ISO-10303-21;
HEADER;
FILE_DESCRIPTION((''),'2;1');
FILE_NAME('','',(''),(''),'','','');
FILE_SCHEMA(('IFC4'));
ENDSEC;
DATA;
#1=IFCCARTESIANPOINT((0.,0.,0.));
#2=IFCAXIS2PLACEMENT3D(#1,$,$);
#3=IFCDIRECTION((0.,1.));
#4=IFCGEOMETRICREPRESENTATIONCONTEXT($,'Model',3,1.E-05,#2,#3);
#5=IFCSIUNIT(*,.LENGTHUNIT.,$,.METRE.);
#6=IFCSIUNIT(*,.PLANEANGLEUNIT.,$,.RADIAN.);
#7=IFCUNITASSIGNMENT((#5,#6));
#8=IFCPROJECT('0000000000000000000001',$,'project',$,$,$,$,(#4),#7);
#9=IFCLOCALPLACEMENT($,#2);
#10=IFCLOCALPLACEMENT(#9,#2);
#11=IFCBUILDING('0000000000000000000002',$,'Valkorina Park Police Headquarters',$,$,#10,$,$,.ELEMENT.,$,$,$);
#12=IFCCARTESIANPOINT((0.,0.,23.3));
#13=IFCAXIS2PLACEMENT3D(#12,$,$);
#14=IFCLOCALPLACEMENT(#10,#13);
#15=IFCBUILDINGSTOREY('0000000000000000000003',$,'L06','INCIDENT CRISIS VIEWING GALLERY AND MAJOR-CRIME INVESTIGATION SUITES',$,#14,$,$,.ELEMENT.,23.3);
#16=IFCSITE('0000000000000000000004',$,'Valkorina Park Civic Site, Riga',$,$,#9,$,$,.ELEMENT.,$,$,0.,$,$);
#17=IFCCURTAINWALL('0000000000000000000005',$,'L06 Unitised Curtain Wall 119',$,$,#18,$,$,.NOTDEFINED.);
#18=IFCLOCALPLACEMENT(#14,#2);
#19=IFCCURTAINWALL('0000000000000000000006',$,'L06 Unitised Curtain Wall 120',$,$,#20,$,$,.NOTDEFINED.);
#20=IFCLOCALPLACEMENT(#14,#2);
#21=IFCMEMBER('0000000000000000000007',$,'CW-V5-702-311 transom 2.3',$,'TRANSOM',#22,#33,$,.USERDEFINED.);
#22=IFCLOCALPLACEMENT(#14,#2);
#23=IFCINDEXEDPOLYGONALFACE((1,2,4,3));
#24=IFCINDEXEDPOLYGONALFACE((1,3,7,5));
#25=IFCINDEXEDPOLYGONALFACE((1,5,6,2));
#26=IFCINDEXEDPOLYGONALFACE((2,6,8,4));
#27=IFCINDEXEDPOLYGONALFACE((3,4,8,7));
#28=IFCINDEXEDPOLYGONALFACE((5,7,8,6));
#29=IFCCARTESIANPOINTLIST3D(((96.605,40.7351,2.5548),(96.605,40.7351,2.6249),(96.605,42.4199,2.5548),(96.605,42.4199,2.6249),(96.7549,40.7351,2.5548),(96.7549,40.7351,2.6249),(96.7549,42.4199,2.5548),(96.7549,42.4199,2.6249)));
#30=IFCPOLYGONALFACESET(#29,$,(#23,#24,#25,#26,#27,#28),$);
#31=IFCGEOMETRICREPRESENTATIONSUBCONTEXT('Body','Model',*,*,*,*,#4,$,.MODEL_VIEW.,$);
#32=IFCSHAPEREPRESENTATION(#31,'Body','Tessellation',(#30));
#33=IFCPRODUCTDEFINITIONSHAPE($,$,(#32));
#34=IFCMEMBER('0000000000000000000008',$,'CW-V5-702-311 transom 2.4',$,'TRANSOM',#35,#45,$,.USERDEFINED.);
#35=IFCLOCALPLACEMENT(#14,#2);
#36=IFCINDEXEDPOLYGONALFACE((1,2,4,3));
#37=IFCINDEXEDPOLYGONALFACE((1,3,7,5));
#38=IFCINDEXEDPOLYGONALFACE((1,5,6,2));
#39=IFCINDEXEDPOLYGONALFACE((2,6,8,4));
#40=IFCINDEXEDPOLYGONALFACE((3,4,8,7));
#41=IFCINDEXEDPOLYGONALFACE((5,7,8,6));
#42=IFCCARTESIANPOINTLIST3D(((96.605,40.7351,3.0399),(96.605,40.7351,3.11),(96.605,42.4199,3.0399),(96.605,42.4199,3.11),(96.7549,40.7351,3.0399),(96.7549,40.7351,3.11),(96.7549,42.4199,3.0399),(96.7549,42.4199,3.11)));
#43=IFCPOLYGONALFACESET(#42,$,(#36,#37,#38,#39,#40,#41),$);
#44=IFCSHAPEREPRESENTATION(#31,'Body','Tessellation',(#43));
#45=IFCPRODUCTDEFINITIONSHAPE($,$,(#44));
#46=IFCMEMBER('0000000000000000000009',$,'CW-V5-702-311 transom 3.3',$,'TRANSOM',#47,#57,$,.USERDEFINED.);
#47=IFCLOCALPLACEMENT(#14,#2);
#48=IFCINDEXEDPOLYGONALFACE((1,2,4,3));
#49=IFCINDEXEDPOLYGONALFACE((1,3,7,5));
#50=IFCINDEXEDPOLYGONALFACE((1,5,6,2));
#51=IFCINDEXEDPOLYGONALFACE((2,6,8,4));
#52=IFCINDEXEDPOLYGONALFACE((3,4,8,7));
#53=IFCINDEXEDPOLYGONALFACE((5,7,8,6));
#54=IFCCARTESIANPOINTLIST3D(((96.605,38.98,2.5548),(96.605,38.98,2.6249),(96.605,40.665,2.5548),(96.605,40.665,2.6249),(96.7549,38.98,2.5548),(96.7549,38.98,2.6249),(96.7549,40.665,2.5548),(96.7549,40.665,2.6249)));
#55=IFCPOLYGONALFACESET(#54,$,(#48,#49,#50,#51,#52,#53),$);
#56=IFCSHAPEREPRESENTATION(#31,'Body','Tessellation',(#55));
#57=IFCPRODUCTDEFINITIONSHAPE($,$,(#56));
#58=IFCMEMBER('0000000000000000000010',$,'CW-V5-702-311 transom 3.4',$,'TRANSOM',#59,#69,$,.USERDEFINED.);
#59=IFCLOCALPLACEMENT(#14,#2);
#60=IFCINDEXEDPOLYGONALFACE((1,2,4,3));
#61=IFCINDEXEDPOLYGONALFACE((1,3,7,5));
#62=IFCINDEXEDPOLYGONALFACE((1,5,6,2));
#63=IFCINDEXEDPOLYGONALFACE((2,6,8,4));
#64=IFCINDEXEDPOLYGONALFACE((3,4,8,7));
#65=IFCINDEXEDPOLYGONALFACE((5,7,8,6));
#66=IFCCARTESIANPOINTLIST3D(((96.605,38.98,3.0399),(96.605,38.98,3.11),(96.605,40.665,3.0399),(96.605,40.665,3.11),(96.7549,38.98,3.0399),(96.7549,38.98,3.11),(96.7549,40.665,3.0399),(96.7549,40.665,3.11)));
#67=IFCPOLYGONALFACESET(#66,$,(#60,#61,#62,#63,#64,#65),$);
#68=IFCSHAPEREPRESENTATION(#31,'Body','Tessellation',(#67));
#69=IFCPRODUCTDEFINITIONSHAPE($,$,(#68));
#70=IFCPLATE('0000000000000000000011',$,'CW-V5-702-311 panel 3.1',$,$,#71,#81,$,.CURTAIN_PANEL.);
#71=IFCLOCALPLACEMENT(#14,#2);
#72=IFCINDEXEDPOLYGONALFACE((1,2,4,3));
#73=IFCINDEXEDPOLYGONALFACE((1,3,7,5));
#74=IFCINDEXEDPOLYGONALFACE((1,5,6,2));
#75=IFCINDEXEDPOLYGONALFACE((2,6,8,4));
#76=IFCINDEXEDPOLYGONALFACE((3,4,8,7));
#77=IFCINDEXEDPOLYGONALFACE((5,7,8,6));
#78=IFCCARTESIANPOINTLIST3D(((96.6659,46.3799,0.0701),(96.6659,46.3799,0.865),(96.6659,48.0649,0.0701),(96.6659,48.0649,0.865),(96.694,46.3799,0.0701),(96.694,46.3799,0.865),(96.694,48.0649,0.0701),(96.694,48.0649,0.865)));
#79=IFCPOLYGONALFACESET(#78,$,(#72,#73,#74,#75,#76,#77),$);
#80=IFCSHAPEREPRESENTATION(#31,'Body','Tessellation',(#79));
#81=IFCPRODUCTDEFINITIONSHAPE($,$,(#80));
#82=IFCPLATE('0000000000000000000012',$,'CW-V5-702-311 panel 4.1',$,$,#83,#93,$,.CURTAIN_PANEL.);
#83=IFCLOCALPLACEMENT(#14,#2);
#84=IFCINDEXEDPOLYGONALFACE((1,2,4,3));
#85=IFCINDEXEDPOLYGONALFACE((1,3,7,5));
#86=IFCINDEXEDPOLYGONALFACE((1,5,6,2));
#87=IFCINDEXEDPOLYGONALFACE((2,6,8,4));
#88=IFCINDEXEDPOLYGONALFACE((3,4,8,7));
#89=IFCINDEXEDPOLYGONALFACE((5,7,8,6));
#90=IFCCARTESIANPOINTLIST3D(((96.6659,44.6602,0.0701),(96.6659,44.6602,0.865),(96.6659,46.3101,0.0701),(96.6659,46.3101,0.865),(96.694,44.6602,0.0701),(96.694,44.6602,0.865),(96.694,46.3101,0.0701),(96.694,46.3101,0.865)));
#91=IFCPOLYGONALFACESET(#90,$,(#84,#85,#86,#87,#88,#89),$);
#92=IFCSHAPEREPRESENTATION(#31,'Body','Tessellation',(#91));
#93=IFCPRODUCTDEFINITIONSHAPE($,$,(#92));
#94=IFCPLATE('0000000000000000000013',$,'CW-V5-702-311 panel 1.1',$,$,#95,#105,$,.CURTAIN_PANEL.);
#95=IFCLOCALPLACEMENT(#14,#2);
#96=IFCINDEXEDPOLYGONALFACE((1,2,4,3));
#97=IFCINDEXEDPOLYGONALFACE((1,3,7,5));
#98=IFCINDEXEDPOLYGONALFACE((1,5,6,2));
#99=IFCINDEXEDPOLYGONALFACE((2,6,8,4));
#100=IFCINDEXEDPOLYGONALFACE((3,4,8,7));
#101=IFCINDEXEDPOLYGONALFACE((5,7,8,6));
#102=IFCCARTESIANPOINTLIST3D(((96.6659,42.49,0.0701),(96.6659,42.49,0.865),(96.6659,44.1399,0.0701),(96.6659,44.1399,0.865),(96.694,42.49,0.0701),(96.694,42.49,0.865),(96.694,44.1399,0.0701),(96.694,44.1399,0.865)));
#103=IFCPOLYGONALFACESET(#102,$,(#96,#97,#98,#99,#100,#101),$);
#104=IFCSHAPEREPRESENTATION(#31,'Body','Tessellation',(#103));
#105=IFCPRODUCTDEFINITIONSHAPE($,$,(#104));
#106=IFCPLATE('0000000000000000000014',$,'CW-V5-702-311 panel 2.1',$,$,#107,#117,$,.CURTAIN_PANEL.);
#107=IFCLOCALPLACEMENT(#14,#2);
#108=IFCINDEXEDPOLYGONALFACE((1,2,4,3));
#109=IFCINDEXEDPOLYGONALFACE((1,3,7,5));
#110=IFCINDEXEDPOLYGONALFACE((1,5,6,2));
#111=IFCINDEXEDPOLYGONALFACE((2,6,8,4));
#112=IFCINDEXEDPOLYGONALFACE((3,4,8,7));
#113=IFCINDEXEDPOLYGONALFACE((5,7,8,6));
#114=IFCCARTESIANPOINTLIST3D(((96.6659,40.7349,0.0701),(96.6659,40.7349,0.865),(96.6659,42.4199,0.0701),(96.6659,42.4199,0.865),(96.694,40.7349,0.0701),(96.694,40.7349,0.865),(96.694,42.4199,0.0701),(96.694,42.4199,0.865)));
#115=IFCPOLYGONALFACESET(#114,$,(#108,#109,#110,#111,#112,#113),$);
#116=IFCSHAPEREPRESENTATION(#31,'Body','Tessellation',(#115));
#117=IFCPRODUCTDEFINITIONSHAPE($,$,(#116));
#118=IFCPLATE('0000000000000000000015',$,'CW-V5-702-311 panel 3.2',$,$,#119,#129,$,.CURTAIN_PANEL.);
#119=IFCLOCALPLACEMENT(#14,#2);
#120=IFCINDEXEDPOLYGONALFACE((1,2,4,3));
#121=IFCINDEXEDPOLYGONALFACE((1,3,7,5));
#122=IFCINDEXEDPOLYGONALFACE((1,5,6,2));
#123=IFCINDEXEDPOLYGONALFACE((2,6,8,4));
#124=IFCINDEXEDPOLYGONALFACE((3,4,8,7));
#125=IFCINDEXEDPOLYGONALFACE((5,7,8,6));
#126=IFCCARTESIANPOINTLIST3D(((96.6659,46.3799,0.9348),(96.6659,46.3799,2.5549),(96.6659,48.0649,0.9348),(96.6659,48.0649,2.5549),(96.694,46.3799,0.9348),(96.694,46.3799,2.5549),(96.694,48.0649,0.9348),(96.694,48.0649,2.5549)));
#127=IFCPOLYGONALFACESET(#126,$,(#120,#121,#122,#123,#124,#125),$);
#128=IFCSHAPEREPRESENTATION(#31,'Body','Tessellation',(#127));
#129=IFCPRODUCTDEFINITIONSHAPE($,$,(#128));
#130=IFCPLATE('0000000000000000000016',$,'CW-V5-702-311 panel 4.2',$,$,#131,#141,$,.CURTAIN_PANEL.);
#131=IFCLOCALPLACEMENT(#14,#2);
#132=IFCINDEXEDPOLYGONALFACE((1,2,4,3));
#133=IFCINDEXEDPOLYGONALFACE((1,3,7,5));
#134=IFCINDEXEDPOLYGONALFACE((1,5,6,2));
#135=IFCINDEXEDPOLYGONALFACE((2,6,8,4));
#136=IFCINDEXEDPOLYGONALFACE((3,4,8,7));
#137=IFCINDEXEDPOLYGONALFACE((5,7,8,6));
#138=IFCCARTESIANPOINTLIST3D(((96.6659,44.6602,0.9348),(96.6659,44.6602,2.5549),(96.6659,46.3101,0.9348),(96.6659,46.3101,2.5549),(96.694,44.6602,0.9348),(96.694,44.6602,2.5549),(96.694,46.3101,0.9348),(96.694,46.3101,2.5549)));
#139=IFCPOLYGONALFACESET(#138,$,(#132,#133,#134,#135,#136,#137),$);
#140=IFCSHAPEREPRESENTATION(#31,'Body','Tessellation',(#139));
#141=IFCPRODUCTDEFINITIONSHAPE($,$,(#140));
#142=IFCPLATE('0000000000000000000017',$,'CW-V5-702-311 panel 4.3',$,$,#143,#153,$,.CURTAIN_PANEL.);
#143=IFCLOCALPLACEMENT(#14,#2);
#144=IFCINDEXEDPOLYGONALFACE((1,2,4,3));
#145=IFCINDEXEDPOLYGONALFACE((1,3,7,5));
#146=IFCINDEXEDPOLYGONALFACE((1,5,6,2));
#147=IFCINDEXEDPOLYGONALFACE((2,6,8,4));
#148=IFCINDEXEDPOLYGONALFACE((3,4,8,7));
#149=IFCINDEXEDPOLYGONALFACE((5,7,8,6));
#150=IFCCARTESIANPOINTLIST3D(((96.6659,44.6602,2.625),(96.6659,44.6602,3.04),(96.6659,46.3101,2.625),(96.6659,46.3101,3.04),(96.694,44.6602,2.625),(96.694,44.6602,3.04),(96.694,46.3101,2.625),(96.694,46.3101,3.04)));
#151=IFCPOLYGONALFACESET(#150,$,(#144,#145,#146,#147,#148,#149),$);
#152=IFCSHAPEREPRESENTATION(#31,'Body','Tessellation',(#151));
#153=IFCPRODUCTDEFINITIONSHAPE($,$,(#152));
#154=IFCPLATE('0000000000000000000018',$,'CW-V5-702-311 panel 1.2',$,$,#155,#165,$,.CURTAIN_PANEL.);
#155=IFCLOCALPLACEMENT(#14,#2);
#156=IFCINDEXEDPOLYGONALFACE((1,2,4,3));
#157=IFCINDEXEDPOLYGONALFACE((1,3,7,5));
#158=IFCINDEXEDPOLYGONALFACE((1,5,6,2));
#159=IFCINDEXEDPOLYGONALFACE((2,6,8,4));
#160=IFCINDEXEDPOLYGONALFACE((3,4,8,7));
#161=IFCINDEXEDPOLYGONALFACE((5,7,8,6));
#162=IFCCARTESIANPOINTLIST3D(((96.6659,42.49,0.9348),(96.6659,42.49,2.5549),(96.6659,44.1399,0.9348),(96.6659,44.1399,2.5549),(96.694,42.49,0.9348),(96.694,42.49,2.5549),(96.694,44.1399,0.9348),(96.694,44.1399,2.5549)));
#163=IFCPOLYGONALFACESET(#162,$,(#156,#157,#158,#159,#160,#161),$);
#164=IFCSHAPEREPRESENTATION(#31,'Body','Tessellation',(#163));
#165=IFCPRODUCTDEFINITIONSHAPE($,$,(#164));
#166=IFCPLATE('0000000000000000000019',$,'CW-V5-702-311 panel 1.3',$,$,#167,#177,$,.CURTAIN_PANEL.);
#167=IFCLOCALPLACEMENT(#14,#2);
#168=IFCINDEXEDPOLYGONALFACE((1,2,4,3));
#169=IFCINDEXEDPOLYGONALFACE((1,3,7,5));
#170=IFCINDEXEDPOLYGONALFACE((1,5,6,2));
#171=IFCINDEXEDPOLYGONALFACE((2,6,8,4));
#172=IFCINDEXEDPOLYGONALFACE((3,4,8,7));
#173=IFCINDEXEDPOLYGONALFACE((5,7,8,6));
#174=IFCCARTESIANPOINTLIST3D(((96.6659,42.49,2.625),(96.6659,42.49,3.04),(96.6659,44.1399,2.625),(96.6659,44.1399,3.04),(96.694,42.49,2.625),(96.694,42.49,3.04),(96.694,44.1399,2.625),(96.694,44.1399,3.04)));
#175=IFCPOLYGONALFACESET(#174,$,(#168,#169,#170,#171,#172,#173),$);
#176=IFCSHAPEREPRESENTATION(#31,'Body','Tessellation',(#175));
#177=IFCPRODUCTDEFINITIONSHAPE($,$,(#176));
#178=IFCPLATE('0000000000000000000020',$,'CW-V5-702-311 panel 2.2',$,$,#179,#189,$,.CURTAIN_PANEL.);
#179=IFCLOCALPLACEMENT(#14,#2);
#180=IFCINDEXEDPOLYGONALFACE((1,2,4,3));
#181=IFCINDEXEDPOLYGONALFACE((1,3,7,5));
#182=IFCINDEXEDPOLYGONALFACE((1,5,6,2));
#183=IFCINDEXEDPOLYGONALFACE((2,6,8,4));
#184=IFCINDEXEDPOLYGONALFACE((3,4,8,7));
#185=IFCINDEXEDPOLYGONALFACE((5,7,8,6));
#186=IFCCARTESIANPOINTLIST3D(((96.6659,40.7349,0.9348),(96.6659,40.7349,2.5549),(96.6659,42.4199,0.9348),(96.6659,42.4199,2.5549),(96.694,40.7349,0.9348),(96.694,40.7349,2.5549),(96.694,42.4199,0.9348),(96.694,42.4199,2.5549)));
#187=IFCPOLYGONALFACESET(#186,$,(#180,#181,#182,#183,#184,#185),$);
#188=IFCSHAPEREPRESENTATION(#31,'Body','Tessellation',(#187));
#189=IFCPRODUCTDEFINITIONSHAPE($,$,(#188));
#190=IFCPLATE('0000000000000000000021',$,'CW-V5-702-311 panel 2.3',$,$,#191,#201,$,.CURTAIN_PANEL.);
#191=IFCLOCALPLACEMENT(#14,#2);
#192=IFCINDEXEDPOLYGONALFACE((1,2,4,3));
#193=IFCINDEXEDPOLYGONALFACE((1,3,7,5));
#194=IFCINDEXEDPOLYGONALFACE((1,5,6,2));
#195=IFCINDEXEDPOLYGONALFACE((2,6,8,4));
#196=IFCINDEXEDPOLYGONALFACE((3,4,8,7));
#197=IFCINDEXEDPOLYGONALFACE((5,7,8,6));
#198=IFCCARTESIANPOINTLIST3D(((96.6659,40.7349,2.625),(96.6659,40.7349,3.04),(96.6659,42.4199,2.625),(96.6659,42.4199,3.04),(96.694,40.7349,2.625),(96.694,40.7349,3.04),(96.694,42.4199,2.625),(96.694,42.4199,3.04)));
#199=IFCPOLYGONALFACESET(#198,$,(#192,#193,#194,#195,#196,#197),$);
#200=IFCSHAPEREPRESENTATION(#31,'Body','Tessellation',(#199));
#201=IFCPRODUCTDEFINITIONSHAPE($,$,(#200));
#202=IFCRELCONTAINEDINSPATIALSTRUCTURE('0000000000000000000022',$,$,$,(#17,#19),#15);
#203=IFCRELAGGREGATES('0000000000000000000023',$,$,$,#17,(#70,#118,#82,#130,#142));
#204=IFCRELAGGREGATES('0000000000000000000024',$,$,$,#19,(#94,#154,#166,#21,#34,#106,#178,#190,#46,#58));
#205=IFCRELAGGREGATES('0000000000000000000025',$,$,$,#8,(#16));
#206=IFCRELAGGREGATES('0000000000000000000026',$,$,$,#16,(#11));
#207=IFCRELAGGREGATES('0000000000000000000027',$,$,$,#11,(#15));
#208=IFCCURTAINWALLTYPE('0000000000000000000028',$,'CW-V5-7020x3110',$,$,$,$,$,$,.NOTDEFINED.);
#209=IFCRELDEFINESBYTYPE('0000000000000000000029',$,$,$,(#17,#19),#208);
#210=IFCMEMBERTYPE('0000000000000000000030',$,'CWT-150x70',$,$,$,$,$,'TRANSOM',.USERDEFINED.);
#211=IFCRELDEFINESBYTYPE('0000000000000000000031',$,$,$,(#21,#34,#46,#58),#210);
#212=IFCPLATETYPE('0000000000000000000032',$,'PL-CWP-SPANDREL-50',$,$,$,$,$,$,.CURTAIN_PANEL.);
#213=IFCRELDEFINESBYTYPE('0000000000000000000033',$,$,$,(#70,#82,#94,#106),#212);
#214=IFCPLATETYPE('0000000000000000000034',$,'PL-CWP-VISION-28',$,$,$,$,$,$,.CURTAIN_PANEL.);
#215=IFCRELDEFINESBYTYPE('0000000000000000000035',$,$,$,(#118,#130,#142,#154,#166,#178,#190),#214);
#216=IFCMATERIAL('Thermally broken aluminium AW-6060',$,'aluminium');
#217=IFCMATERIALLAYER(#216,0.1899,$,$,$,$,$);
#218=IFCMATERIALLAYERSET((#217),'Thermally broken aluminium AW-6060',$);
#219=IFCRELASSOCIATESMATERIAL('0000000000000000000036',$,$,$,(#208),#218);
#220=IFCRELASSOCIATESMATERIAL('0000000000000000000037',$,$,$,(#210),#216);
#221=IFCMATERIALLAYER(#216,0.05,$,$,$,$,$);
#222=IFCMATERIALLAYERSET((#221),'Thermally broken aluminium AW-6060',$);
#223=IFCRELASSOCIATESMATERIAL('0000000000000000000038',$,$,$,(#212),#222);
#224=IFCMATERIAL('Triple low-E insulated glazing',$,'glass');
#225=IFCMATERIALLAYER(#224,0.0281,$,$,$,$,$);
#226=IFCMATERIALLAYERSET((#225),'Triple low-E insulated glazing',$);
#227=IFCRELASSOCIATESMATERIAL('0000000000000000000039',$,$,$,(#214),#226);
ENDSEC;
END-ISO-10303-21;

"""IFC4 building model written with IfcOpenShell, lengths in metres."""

from ifc_helpers import new_model, si_unit, direction, frame, origin, origin_2d, place, context, subcontext, project, spatial, rectangle, extrude, material, layer, layer_set, material_profile, profile_set, type_object, element, aggregate, save


model = new_model("IFC4")

# Units and contexts
model_context = context("Model", 3, precision=1e-05, world=origin(), true_north=direction((0.0, 1.0)))
body_context = subcontext(model_context, "Body", "Model", "MODEL_VIEW")
ifc_project = project(units=[si_unit("LENGTHUNIT", "METRE"), si_unit("PLANEANGLEUNIT", "RADIAN")], contexts=[model_context])

# Site, building, storey
site_placement = place(None, origin())
site = spatial("IfcSite", under=ifc_project, at=site_placement, Name="Valkorina Park Civic Site, Riga", CompositionType="ELEMENT", RefElevation=0.0)
building_placement = place(site_placement, origin())
building = spatial("IfcBuilding", under=site, at=building_placement, Name="Valkorina Park Police Headquarters", CompositionType="ELEMENT")
storey_placement = place(building_placement, frame((0.0, 0.0, 23.3)))
storey = spatial("IfcBuildingStorey", under=building, at=storey_placement, Name="L06", Description="INCIDENT CRISIS VIEWING GALLERY AND MAJOR-CRIME INVESTIGATION SUITES", CompositionType="ELEMENT", Elevation=23.3)

# Curtain walls
ifc_material_1 = material(Name="Thermally broken aluminium AW-6060", Category="aluminium")
ifc_layer_1 = layer(ifc_material_1, 0.1899)
ifc_layer_set_1 = layer_set([ifc_layer_1], Name="Thermally broken aluminium AW-6060")
curtain_wall_type = type_object("IfcCurtainWallType", Name="CW-V5-7020x3110", PredefinedType="NOTDEFINED", material=ifc_layer_set_1)
curtain_wall_1_placement = place(storey_placement, origin())
curtain_wall_1 = element("IfcCurtainWall", 1, at=curtain_wall_1_placement, inside=storey, type_object=curtain_wall_type, Name="L06 Unitised Curtain Wall 119", PredefinedType="NOTDEFINED")
curtain_wall_2_placement = place(storey_placement, origin())
curtain_wall_2 = element("IfcCurtainWall", 2, at=curtain_wall_2_placement, inside=storey, type_object=curtain_wall_type, Name="L06 Unitised Curtain Wall 120", PredefinedType="NOTDEFINED")

# Members
ifc_material_profile_1 = material_profile(ifc_material_1, rectangle(XDim=0.1499, YDim=0.0701, at=origin_2d()), Name="CWT-02 150x70")
ifc_profile_set_1 = profile_set([ifc_material_profile_1], Name="Thermally broken aluminium AW-6060")
member_type_1 = type_object("IfcMemberType", Name="CWT-150x70", ElementType="TRANSOM", PredefinedType="USERDEFINED", material=ifc_profile_set_1)
member_1_placement = place(storey_placement, frame((96.6799, 42.4199, 2.5898), z_axis=(0.0, -1.0, 0.0), x_axis=(1.0, 0.0, 0.0)))
member_1 = element("IfcMember", 3, at=member_1_placement, type_object=member_type_1, Name="CW-V5-702-311 transom 2.3", ObjectType="TRANSOM", PredefinedType="USERDEFINED", context=body_context, shape_type="SweptSolid", body=[
    extrude(rectangle(XDim=0.1499, YDim=0.0701, at=origin_2d()), origin(), (0.0, 0.0, 1.0), 1.6848),
])
member_2_placement = place(storey_placement, frame((96.6799, 42.4199, 3.075), z_axis=(0.0, -1.0, 0.0), x_axis=(1.0, 0.0, 0.0)))
member_2 = element("IfcMember", 4, at=member_2_placement, type_object=member_type_1, Name="CW-V5-702-311 transom 2.4", ObjectType="TRANSOM", PredefinedType="USERDEFINED", context=body_context, shape_type="SweptSolid", body=[
    extrude(rectangle(XDim=0.1499, YDim=0.0701, at=origin_2d()), origin(), (0.0, 0.0, 1.0), 1.6848),
])
member_3_placement = place(storey_placement, frame((96.6799, 40.665, 2.5898), z_axis=(0.0, -1.0, 0.0), x_axis=(1.0, 0.0, 0.0)))
member_3 = element("IfcMember", 5, at=member_3_placement, type_object=member_type_1, Name="CW-V5-702-311 transom 3.3", ObjectType="TRANSOM", PredefinedType="USERDEFINED", context=body_context, shape_type="SweptSolid", body=[
    extrude(rectangle(XDim=0.1499, YDim=0.0701, at=origin_2d()), origin(), (0.0, 0.0, 1.0), 1.6851),
])
member_4_placement = place(storey_placement, frame((96.6799, 40.665, 3.075), z_axis=(0.0, -1.0, 0.0), x_axis=(1.0, 0.0, 0.0)))
member_4 = element("IfcMember", 6, at=member_4_placement, type_object=member_type_1, Name="CW-V5-702-311 transom 3.4", ObjectType="TRANSOM", PredefinedType="USERDEFINED", context=body_context, shape_type="SweptSolid", body=[
    extrude(rectangle(XDim=0.1499, YDim=0.0701, at=origin_2d()), origin(), (0.0, 0.0, 1.0), 1.6851),
])

# Plates
ifc_layer_2 = layer(ifc_material_1, 0.05)
ifc_layer_set_2 = layer_set([ifc_layer_2], Name="Thermally broken aluminium AW-6060")
plate_type_1 = type_object("IfcPlateType", Name="PL-CWP-SPANDREL-50", PredefinedType="CURTAIN_PANEL", material=ifc_layer_set_2)
plate_1_placement = place(storey_placement, frame((96.6799, 47.2224, 0.0701), z_axis=(0.0, 0.0, 1.0), x_axis=(0.0, -1.0, 0.0)))
plate_1 = element("IfcPlate", 7, at=plate_1_placement, type_object=plate_type_1, Name="CW-V5-702-311 panel 3.1", PredefinedType="CURTAIN_PANEL", context=body_context, shape_type="SweptSolid", body=[
    extrude(rectangle(XDim=1.6851, YDim=0.0281, at=origin_2d()), origin(), (0.0, 0.0, 1.0), 0.7949),
])
plate_2_placement = place(storey_placement, frame((96.6799, 45.4851, 0.0701), z_axis=(0.0, 0.0, 1.0), x_axis=(0.0, -1.0, 0.0)))
plate_2 = element("IfcPlate", 8, at=plate_2_placement, type_object=plate_type_1, Name="CW-V5-702-311 panel 4.1", PredefinedType="CURTAIN_PANEL", context=body_context, shape_type="SweptSolid", body=[
    extrude(rectangle(XDim=1.6499, YDim=0.0281, at=origin_2d()), origin(), (0.0, 0.0, 1.0), 0.7949),
])
plate_3_placement = place(storey_placement, frame((96.6799, 43.3149, 0.0701), z_axis=(0.0, 0.0, 1.0), x_axis=(0.0, -1.0, 0.0)))
plate_3 = element("IfcPlate", 9, at=plate_3_placement, type_object=plate_type_1, Name="CW-V5-702-311 panel 1.1", PredefinedType="CURTAIN_PANEL", context=body_context, shape_type="SweptSolid", body=[
    extrude(rectangle(XDim=1.6499, YDim=0.0281, at=origin_2d()), origin(), (0.0, 0.0, 1.0), 0.7949),
])
plate_4_placement = place(storey_placement, frame((96.6799, 41.5774, 0.0701), z_axis=(0.0, 0.0, 1.0), x_axis=(0.0, -1.0, 0.0)))
plate_4 = element("IfcPlate", 10, at=plate_4_placement, type_object=plate_type_1, Name="CW-V5-702-311 panel 2.1", PredefinedType="CURTAIN_PANEL", context=body_context, shape_type="SweptSolid", body=[
    extrude(rectangle(XDim=1.6851, YDim=0.0281, at=origin_2d()), origin(), (0.0, 0.0, 1.0), 0.7949),
])
ifc_material_2 = material(Name="Triple low-E insulated glazing", Category="glass")
ifc_layer_3 = layer(ifc_material_2, 0.0281)
ifc_layer_set_3 = layer_set([ifc_layer_3], Name="Triple low-E insulated glazing")
plate_type_2 = type_object("IfcPlateType", Name="PL-CWP-VISION-28", PredefinedType="CURTAIN_PANEL", material=ifc_layer_set_3)
plate_5_placement = place(storey_placement, frame((96.6799, 47.2224, 0.9348), z_axis=(0.0, 0.0, 1.0), x_axis=(0.0, -1.0, 0.0)))
plate_5 = element("IfcPlate", 11, at=plate_5_placement, type_object=plate_type_2, Name="CW-V5-702-311 panel 3.2", PredefinedType="CURTAIN_PANEL", context=body_context, shape_type="SweptSolid", body=[
    extrude(rectangle(XDim=1.6851, YDim=0.0281, at=origin_2d()), origin(), (0.0, 0.0, 1.0), 1.6201),
])
plate_6_placement = place(storey_placement, frame((96.6799, 45.4851, 0.9348), z_axis=(0.0, 0.0, 1.0), x_axis=(0.0, -1.0, 0.0)))
plate_6 = element("IfcPlate", 12, at=plate_6_placement, type_object=plate_type_2, Name="CW-V5-702-311 panel 4.2", PredefinedType="CURTAIN_PANEL", context=body_context, shape_type="SweptSolid", body=[
    extrude(rectangle(XDim=1.6499, YDim=0.0281, at=origin_2d()), origin(), (0.0, 0.0, 1.0), 1.6201),
])
plate_7_placement = place(storey_placement, frame((96.6799, 45.4851, 2.625), z_axis=(0.0, 0.0, 1.0), x_axis=(0.0, -1.0, 0.0)))
plate_7 = element("IfcPlate", 13, at=plate_7_placement, type_object=plate_type_2, Name="CW-V5-702-311 panel 4.3", PredefinedType="CURTAIN_PANEL", context=body_context, shape_type="SweptSolid", body=[
    extrude(rectangle(XDim=1.6499, YDim=0.0281, at=origin_2d()), origin(), (0.0, 0.0, 1.0), 0.415),
])
aggregate(curtain_wall_1, [plate_1, plate_5, plate_2, plate_6, plate_7])
plate_8_placement = place(storey_placement, frame((96.6799, 43.3149, 0.9348), z_axis=(0.0, 0.0, 1.0), x_axis=(0.0, -1.0, 0.0)))
plate_8 = element("IfcPlate", 14, at=plate_8_placement, type_object=plate_type_2, Name="CW-V5-702-311 panel 1.2", PredefinedType="CURTAIN_PANEL", context=body_context, shape_type="SweptSolid", body=[
    extrude(rectangle(XDim=1.6499, YDim=0.0281, at=origin_2d()), origin(), (0.0, 0.0, 1.0), 1.6201),
])
plate_9_placement = place(storey_placement, frame((96.6799, 43.3149, 2.625), z_axis=(0.0, 0.0, 1.0), x_axis=(0.0, -1.0, 0.0)))
plate_9 = element("IfcPlate", 15, at=plate_9_placement, type_object=plate_type_2, Name="CW-V5-702-311 panel 1.3", PredefinedType="CURTAIN_PANEL", context=body_context, shape_type="SweptSolid", body=[
    extrude(rectangle(XDim=1.6499, YDim=0.0281, at=origin_2d()), origin(), (0.0, 0.0, 1.0), 0.415),
])
plate_10_placement = place(storey_placement, frame((96.6799, 41.5774, 0.9348), z_axis=(0.0, 0.0, 1.0), x_axis=(0.0, -1.0, 0.0)))
plate_10 = element("IfcPlate", 16, at=plate_10_placement, type_object=plate_type_2, Name="CW-V5-702-311 panel 2.2", PredefinedType="CURTAIN_PANEL", context=body_context, shape_type="SweptSolid", body=[
    extrude(rectangle(XDim=1.6851, YDim=0.0281, at=origin_2d()), origin(), (0.0, 0.0, 1.0), 1.6201),
])
plate_11_placement = place(storey_placement, frame((96.6799, 41.5774, 2.625), z_axis=(0.0, 0.0, 1.0), x_axis=(0.0, -1.0, 0.0)))
plate_11 = element("IfcPlate", 17, at=plate_11_placement, type_object=plate_type_2, Name="CW-V5-702-311 panel 2.3", PredefinedType="CURTAIN_PANEL", context=body_context, shape_type="SweptSolid", body=[
    extrude(rectangle(XDim=1.6851, YDim=0.0281, at=origin_2d()), origin(), (0.0, 0.0, 1.0), 0.415),
])
aggregate(curtain_wall_2, [plate_3, plate_8, plate_9, member_1, member_2, plate_4, plate_10, plate_11, member_3, member_4])

save(model, "model.ifc")
